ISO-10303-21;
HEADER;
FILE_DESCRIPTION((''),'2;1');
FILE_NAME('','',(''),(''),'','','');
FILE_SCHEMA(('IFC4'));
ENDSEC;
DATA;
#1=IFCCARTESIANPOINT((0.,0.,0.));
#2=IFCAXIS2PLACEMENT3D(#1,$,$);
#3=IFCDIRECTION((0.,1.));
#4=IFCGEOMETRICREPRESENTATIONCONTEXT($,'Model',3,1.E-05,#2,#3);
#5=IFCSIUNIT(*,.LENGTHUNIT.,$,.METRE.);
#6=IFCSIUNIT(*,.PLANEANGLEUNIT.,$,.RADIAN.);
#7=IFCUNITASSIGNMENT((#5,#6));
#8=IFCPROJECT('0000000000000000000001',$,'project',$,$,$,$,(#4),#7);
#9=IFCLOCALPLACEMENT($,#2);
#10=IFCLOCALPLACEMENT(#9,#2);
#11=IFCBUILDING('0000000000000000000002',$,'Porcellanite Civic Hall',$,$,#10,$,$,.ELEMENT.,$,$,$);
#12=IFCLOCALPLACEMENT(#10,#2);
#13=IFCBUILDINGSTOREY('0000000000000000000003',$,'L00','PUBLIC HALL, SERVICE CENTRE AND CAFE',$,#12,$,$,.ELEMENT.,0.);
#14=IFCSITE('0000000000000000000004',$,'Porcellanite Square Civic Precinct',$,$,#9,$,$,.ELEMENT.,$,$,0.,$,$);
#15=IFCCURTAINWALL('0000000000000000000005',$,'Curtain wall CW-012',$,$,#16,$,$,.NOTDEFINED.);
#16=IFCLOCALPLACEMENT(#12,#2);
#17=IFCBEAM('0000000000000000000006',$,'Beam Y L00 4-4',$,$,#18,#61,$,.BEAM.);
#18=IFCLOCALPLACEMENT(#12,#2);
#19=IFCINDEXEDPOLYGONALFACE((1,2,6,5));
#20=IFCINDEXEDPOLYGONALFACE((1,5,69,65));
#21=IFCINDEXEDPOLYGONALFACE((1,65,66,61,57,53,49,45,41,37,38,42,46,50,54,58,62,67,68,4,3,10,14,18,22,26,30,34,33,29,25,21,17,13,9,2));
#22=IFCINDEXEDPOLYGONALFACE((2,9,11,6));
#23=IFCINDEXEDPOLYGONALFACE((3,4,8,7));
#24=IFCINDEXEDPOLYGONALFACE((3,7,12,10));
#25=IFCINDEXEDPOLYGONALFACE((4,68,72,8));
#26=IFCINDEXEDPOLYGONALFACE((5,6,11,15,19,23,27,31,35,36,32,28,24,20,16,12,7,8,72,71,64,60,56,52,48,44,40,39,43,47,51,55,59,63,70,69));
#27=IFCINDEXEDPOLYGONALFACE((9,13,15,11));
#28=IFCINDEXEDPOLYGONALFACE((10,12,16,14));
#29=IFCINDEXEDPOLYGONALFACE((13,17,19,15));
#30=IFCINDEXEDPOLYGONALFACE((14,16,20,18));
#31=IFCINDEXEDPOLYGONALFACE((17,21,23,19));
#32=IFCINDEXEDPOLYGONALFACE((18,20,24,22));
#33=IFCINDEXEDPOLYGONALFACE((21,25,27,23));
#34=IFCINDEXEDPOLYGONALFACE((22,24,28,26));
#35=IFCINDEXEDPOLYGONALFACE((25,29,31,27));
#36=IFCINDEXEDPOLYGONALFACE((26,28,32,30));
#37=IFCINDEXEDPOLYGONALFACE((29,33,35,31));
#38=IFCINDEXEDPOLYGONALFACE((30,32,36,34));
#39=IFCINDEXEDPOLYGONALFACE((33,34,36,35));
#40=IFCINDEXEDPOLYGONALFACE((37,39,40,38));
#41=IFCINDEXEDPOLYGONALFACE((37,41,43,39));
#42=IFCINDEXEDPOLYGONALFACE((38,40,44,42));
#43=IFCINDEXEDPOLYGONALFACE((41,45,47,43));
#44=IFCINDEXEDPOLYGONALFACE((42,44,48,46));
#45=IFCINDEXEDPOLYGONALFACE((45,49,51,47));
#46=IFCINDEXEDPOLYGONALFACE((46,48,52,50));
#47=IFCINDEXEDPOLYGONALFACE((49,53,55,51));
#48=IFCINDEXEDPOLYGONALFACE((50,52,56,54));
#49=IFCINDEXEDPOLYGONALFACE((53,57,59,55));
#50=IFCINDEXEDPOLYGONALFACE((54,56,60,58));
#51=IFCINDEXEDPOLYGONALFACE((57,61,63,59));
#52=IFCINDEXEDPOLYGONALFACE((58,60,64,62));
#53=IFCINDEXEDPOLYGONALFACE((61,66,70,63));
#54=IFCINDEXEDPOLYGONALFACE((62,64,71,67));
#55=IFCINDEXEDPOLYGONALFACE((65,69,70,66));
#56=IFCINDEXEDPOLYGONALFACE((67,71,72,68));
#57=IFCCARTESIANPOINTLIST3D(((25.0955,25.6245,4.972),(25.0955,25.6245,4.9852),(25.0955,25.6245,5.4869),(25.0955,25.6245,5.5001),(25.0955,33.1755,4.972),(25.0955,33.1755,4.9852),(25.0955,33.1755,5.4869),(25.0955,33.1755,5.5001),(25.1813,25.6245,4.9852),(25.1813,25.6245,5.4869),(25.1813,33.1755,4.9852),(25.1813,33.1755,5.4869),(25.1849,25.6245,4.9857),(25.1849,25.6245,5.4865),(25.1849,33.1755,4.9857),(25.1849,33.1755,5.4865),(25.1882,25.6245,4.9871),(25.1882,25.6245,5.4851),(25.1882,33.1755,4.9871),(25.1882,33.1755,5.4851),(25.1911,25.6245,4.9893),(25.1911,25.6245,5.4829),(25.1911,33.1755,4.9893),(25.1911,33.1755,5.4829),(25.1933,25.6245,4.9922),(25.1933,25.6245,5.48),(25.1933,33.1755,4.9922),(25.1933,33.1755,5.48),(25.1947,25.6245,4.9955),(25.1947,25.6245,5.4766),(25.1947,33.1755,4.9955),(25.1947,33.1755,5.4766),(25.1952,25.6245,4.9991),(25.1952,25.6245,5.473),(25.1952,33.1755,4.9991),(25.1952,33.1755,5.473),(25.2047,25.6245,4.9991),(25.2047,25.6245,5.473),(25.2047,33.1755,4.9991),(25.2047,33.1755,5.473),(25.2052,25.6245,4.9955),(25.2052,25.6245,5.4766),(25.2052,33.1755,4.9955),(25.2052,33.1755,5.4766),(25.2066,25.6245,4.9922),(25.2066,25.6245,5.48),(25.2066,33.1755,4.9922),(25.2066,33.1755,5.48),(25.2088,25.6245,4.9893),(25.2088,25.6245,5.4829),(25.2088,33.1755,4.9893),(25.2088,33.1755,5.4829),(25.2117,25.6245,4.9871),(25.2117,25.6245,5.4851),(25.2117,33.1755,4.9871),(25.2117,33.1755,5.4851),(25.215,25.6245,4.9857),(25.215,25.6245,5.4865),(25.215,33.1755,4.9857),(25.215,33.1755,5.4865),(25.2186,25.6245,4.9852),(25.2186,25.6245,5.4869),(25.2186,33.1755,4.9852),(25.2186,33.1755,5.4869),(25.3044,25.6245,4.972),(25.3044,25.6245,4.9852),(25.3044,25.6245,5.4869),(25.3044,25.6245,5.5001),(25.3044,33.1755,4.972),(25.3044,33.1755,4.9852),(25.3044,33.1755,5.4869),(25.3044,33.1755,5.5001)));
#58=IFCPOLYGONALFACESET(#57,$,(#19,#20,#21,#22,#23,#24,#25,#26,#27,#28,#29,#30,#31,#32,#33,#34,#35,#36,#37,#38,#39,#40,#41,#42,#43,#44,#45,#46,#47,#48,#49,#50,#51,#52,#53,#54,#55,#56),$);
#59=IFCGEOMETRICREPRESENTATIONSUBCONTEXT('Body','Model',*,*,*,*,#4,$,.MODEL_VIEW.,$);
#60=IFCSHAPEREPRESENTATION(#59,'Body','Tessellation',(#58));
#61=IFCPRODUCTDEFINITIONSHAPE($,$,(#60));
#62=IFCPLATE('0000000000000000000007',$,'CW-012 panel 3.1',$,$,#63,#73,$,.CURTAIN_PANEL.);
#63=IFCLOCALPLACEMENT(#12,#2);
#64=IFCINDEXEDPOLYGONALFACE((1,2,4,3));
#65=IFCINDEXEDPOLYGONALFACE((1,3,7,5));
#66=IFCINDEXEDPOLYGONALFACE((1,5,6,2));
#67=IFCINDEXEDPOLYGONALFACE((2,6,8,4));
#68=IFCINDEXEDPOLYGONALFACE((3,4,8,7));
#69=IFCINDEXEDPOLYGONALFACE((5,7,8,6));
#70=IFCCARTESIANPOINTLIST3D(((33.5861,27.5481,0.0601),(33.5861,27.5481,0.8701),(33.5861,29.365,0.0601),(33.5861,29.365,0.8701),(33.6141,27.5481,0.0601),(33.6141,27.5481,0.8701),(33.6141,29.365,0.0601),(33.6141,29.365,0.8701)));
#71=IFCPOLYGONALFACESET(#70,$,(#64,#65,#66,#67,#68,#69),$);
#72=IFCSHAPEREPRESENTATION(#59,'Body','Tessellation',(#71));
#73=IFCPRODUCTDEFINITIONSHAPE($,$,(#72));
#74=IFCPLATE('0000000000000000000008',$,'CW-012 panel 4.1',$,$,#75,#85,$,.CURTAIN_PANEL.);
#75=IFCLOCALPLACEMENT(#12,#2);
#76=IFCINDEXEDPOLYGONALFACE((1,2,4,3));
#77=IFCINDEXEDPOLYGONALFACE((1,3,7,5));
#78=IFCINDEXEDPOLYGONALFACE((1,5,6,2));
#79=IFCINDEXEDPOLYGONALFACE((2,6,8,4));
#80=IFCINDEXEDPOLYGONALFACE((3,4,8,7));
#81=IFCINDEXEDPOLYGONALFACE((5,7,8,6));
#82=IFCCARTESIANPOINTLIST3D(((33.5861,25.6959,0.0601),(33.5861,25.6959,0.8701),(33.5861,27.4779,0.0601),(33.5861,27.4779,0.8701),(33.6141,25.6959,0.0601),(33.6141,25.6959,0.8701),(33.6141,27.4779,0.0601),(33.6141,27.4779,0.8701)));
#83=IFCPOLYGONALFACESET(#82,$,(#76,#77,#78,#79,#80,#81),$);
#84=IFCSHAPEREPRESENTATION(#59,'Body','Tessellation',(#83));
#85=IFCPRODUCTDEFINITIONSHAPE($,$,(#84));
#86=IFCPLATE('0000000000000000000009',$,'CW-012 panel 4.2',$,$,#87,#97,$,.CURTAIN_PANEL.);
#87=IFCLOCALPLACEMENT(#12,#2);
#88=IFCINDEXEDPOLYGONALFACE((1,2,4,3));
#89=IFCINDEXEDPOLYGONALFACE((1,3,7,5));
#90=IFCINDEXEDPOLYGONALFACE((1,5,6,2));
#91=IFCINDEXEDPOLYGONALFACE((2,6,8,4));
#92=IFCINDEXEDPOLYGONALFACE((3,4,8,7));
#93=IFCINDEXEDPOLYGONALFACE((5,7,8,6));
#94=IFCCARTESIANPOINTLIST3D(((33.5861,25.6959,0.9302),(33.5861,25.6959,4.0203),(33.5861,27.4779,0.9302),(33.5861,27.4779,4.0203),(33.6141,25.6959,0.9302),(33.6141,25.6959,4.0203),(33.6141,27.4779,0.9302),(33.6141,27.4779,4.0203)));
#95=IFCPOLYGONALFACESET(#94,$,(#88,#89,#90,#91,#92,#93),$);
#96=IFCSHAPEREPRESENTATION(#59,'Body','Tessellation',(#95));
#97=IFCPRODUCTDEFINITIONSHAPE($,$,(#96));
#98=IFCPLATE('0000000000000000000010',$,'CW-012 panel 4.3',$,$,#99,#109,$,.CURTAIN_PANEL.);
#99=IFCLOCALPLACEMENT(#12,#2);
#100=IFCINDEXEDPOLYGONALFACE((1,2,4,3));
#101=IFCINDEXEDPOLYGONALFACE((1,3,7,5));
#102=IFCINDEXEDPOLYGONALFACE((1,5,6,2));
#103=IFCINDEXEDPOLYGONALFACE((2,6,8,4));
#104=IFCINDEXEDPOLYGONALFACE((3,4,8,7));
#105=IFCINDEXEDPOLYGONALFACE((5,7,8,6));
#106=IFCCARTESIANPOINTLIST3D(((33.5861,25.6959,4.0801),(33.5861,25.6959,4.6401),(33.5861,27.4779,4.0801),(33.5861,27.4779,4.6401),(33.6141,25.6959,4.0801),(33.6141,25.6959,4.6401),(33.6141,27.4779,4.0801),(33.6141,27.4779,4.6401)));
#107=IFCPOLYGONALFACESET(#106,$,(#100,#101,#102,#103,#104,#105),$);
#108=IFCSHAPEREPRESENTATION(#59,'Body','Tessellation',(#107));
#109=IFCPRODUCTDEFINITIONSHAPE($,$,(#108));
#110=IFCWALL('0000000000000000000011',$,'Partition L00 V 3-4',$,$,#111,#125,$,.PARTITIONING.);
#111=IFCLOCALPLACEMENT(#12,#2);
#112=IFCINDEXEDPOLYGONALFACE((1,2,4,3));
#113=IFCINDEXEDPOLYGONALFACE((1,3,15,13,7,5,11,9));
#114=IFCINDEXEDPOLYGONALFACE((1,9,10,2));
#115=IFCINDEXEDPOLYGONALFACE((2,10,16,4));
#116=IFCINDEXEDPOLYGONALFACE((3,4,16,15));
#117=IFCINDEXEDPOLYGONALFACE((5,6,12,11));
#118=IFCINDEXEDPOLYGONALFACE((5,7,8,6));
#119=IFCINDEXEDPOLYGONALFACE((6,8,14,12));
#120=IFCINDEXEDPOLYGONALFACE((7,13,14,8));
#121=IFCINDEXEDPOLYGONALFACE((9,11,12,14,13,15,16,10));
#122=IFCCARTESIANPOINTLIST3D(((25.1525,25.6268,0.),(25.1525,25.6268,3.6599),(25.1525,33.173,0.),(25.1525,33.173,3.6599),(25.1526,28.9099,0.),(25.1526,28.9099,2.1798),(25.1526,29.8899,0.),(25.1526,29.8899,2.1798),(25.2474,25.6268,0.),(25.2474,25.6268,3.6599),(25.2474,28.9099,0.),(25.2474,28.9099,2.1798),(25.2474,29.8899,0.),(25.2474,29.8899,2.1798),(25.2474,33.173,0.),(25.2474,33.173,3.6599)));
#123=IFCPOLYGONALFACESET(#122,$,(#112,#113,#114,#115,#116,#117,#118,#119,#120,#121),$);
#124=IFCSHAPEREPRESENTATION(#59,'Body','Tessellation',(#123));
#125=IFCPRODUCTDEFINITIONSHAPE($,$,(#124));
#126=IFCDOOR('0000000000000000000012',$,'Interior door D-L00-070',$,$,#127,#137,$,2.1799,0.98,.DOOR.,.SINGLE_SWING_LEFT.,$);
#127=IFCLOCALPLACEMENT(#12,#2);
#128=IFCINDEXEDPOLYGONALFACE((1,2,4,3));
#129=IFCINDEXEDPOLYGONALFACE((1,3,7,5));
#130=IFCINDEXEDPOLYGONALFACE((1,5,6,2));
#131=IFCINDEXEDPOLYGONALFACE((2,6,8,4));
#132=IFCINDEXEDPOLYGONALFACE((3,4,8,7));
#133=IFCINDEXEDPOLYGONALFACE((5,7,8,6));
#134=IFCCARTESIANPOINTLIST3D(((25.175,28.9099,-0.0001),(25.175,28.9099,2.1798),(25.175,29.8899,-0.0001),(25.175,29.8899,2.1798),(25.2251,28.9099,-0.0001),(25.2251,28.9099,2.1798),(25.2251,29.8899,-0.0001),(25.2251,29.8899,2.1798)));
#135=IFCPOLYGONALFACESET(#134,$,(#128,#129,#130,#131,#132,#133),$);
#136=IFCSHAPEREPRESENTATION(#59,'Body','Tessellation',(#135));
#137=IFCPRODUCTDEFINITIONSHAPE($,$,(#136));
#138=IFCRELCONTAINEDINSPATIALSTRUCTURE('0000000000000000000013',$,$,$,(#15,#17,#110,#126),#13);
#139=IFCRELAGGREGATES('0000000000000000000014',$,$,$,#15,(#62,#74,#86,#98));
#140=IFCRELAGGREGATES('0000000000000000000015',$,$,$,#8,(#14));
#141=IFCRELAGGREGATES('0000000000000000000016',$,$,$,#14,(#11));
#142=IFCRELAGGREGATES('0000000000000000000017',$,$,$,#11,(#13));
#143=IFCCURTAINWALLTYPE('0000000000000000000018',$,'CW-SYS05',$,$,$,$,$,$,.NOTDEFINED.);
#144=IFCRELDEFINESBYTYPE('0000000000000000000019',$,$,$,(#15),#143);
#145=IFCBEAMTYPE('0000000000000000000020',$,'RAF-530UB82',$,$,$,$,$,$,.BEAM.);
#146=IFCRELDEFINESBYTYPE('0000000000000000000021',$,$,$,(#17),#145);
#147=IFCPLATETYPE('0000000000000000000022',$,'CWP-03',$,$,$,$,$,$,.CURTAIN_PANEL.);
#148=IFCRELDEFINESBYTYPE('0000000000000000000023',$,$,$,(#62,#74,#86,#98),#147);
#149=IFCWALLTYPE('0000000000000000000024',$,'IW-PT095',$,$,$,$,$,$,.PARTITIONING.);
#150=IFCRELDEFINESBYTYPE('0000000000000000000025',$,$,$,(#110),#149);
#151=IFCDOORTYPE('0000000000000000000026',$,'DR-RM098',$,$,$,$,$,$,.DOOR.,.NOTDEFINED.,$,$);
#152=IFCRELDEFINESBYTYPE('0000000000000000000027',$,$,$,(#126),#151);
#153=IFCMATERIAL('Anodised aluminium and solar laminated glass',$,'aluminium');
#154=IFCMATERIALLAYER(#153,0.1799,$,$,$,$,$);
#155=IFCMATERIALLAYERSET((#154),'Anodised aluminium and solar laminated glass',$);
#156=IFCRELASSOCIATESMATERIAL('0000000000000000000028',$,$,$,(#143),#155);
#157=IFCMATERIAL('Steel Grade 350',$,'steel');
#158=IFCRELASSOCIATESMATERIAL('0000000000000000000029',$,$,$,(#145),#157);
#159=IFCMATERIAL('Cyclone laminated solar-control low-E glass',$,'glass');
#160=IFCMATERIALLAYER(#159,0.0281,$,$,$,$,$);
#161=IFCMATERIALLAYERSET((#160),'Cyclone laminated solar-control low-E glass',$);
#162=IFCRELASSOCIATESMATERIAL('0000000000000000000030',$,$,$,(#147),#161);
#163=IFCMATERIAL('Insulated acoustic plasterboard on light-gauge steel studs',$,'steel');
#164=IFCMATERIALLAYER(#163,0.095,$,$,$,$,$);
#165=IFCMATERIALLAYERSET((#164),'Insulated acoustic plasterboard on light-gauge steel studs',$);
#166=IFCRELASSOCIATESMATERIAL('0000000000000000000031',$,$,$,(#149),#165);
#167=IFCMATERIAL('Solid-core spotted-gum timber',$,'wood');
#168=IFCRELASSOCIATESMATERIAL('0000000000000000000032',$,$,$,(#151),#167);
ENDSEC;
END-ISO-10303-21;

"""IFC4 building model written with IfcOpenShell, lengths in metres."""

from ifc_helpers import new_model, si_unit, direction, frame, frame_2d, origin, origin_2d, place, context, subcontext, project, spatial, rectangle, i_section, extrude, material, layer, layer_set, material_profile, profile_set, type_object, element, fill, aggregate, save


model = new_model("IFC4")

# Units and contexts
model_context = context("Model", 3, precision=1e-05, world=origin(), true_north=direction((0.0, 1.0)))
body_context = subcontext(model_context, "Body", "Model", "MODEL_VIEW")
ifc_project = project(units=[si_unit("LENGTHUNIT", "METRE"), si_unit("PLANEANGLEUNIT", "RADIAN")], contexts=[model_context])

# Site, building, storey
site_placement = place(None, origin())
site = spatial("IfcSite", under=ifc_project, at=site_placement, Name="Porcellanite Square Civic Precinct", CompositionType="ELEMENT", RefElevation=0.0)
building_placement = place(site_placement, origin())
building = spatial("IfcBuilding", under=site, at=building_placement, Name="Porcellanite Civic Hall", CompositionType="ELEMENT")
storey_placement = place(building_placement, origin())
storey = spatial("IfcBuildingStorey", under=building, at=storey_placement, Name="L00", Description="PUBLIC HALL, SERVICE CENTRE AND CAFE", CompositionType="ELEMENT", Elevation=0.0)

# Curtain wall
ifc_material_1 = material(Name="Anodised aluminium and solar laminated glass", Category="aluminium")
ifc_layer_1 = layer(ifc_material_1, 0.1799)
ifc_layer_set_1 = layer_set([ifc_layer_1], Name="Anodised aluminium and solar laminated glass")
curtain_wall_type = type_object("IfcCurtainWallType", Name="CW-SYS05", PredefinedType="NOTDEFINED", material=ifc_layer_set_1)
curtain_wall_placement = place(storey_placement, origin())
curtain_wall = element("IfcCurtainWall", 1, at=curtain_wall_placement, inside=storey, type_object=curtain_wall_type, Name="Curtain wall CW-012", PredefinedType="NOTDEFINED")

# Beam
ifc_material_2 = material(Name="Steel Grade 350", Category="steel")
ifc_material_profile_1 = material_profile(ifc_material_2, i_section(OverallWidth=0.209, OverallDepth=0.5281, WebThickness=0.0095, FlangeThickness=0.0132, FilletRadius=0.0139, at=origin_2d()), Name="530UB82.0")
ifc_profile_set_1 = profile_set([ifc_material_profile_1], Name="Steel Grade 350")
beam_type_1 = type_object("IfcBeamType", Name="RAF-530UB82", PredefinedType="BEAM", material=ifc_profile_set_1)
beam_1_placement = place(storey_placement, frame((25.2, 25.6245, 5.2361), z_axis=(0.0, 1.0, 0.0), x_axis=(-1.0, 0.0, 0.0)))
element("IfcBeam", 2, at=beam_1_placement, inside=storey, type_object=beam_type_1, Name="Beam Y L00 4-4", PredefinedType="BEAM", context=body_context, shape_type="SweptSolid", body=[
    extrude(i_section(OverallWidth=0.209, OverallDepth=0.5281, WebThickness=0.0095, FlangeThickness=0.0132, FilletRadius=0.0139, at=origin_2d()), origin(), (0.0, 0.0, 1.0), 7.551),
])

# Plates
ifc_material_3 = material(Name="Cyclone laminated solar-control low-E glass", Category="glass")
ifc_layer_2 = layer(ifc_material_3, 0.0281)
ifc_layer_set_2 = layer_set([ifc_layer_2], Name="Cyclone laminated solar-control low-E glass")
plate_type = type_object("IfcPlateType", Name="CWP-03", PredefinedType="CURTAIN_PANEL", material=ifc_layer_set_2)
plate_1_placement = place(storey_placement, frame((33.6001, 28.4565, 0.0601), z_axis=(0.0, 0.0, 1.0), x_axis=(0.0, -1.0, 0.0)))
plate_1 = element("IfcPlate", 3, at=plate_1_placement, type_object=plate_type, Name="CW-012 panel 3.1", PredefinedType="CURTAIN_PANEL", context=body_context, shape_type="SweptSolid", body=[
    extrude(rectangle(XDim=1.8169, YDim=0.0281, at=origin_2d()), origin(), (0.0, 0.0, 1.0), 0.8101),
])
plate_2_placement = place(storey_placement, frame((33.6001, 26.5869, 0.0601), z_axis=(0.0, 0.0, 1.0), x_axis=(0.0, -1.0, 0.0)))
plate_2 = element("IfcPlate", 4, at=plate_2_placement, type_object=plate_type, Name="CW-012 panel 4.1", PredefinedType="CURTAIN_PANEL", context=body_context, shape_type="SweptSolid", body=[
    extrude(rectangle(XDim=1.782, YDim=0.0281, at=origin_2d()), origin(), (0.0, 0.0, 1.0), 0.8101),
])
plate_3_placement = place(storey_placement, frame((33.6001, 26.5869, 0.9302), z_axis=(0.0, 0.0, 1.0), x_axis=(0.0, -1.0, 0.0)))
plate_3 = element("IfcPlate", 5, at=plate_3_placement, type_object=plate_type, Name="CW-012 panel 4.2", PredefinedType="CURTAIN_PANEL", context=body_context, shape_type="SweptSolid", body=[
    extrude(rectangle(XDim=1.782, YDim=0.0281, at=origin_2d()), origin(), (0.0, 0.0, 1.0), 3.0901),
])
plate_4_placement = place(storey_placement, frame((33.6001, 26.5869, 4.0801), z_axis=(0.0, 0.0, 1.0), x_axis=(0.0, -1.0, 0.0)))
plate_4 = element("IfcPlate", 6, at=plate_4_placement, type_object=plate_type, Name="CW-012 panel 4.3", PredefinedType="CURTAIN_PANEL", context=body_context, shape_type="SweptSolid", body=[
    extrude(rectangle(XDim=1.782, YDim=0.0281, at=origin_2d()), origin(), (0.0, 0.0, 1.0), 0.5601),
])
aggregate(curtain_wall, [plate_1, plate_2, plate_3, plate_4])

# Wall, opening, door
ifc_material_4 = material(Name="Insulated acoustic plasterboard on light-gauge steel studs", Category="steel")
ifc_layer_3 = layer(ifc_material_4, 0.095)
ifc_layer_set_3 = layer_set([ifc_layer_3], Name="Insulated acoustic plasterboard on light-gauge steel studs")
wall_type_1 = type_object("IfcWallType", Name="IW-PT095", PredefinedType="PARTITIONING", material=ifc_layer_set_3)
wall_1_placement = place(storey_placement, frame((25.2, 25.627, 0.0), z_axis=(0.0, 0.0, 1.0), x_axis=(0.0, 1.0, 0.0)))
wall_1 = element("IfcWall", 7, at=wall_1_placement, inside=storey, type_object=wall_type_1, Name="Partition L00 V 3-4", PredefinedType="PARTITIONING", context=body_context, shape_type="SweptSolid", body=[
    extrude(rectangle(XDim=7.5461, YDim=0.095, at=frame_2d((3.7729, 0.0))), origin(), (0.0, 0.0, 1.0), 3.6599),
])
opening_1_placement = place(wall_1_placement, frame((3.283, 0.0, 0.0)))
opening_1 = element("IfcOpeningElement", 8, at=opening_1_placement, cuts=wall_1, PredefinedType="OPENING", context=body_context, shape_type="SweptSolid", body=[
    extrude(rectangle(XDim=0.98, YDim=2.1799, at=frame_2d((0.49, 1.0898))), frame((0.0, 0.0474, 0.0), z_axis=(0.0, -1.0, 0.0), x_axis=(1.0, 0.0, 0.0)), (0.0, 0.0, 1.0), 0.095),
])
ifc_material_5 = material(Name="Solid-core spotted-gum timber", Category="wood")
door_type_1 = type_object("IfcDoorType", Name="DR-RM098", OperationType="NOTDEFINED", PredefinedType="DOOR", material=ifc_material_5)
door_1_placement = place(opening_1_placement, origin())
door_1 = element("IfcDoor", 9, at=door_1_placement, inside=storey, type_object=door_type_1, Name="Interior door D-L00-070", OperationType="SINGLE_SWING_LEFT", OverallHeight=2.1799, OverallWidth=0.98, PredefinedType="DOOR", context=body_context, shape_type="SweptSolid", body=[
    extrude(rectangle(XDim=0.98, YDim=2.1799, at=frame_2d((0.49, 1.0898))), frame((0.0, 0.0249, 0.0), z_axis=(0.0, -1.0, 0.0), x_axis=(1.0, 0.0, 0.0)), (0.0, 0.0, 1.0), 0.05),
])
fill(opening_1, door_1)

save(model, "model.ifc")
